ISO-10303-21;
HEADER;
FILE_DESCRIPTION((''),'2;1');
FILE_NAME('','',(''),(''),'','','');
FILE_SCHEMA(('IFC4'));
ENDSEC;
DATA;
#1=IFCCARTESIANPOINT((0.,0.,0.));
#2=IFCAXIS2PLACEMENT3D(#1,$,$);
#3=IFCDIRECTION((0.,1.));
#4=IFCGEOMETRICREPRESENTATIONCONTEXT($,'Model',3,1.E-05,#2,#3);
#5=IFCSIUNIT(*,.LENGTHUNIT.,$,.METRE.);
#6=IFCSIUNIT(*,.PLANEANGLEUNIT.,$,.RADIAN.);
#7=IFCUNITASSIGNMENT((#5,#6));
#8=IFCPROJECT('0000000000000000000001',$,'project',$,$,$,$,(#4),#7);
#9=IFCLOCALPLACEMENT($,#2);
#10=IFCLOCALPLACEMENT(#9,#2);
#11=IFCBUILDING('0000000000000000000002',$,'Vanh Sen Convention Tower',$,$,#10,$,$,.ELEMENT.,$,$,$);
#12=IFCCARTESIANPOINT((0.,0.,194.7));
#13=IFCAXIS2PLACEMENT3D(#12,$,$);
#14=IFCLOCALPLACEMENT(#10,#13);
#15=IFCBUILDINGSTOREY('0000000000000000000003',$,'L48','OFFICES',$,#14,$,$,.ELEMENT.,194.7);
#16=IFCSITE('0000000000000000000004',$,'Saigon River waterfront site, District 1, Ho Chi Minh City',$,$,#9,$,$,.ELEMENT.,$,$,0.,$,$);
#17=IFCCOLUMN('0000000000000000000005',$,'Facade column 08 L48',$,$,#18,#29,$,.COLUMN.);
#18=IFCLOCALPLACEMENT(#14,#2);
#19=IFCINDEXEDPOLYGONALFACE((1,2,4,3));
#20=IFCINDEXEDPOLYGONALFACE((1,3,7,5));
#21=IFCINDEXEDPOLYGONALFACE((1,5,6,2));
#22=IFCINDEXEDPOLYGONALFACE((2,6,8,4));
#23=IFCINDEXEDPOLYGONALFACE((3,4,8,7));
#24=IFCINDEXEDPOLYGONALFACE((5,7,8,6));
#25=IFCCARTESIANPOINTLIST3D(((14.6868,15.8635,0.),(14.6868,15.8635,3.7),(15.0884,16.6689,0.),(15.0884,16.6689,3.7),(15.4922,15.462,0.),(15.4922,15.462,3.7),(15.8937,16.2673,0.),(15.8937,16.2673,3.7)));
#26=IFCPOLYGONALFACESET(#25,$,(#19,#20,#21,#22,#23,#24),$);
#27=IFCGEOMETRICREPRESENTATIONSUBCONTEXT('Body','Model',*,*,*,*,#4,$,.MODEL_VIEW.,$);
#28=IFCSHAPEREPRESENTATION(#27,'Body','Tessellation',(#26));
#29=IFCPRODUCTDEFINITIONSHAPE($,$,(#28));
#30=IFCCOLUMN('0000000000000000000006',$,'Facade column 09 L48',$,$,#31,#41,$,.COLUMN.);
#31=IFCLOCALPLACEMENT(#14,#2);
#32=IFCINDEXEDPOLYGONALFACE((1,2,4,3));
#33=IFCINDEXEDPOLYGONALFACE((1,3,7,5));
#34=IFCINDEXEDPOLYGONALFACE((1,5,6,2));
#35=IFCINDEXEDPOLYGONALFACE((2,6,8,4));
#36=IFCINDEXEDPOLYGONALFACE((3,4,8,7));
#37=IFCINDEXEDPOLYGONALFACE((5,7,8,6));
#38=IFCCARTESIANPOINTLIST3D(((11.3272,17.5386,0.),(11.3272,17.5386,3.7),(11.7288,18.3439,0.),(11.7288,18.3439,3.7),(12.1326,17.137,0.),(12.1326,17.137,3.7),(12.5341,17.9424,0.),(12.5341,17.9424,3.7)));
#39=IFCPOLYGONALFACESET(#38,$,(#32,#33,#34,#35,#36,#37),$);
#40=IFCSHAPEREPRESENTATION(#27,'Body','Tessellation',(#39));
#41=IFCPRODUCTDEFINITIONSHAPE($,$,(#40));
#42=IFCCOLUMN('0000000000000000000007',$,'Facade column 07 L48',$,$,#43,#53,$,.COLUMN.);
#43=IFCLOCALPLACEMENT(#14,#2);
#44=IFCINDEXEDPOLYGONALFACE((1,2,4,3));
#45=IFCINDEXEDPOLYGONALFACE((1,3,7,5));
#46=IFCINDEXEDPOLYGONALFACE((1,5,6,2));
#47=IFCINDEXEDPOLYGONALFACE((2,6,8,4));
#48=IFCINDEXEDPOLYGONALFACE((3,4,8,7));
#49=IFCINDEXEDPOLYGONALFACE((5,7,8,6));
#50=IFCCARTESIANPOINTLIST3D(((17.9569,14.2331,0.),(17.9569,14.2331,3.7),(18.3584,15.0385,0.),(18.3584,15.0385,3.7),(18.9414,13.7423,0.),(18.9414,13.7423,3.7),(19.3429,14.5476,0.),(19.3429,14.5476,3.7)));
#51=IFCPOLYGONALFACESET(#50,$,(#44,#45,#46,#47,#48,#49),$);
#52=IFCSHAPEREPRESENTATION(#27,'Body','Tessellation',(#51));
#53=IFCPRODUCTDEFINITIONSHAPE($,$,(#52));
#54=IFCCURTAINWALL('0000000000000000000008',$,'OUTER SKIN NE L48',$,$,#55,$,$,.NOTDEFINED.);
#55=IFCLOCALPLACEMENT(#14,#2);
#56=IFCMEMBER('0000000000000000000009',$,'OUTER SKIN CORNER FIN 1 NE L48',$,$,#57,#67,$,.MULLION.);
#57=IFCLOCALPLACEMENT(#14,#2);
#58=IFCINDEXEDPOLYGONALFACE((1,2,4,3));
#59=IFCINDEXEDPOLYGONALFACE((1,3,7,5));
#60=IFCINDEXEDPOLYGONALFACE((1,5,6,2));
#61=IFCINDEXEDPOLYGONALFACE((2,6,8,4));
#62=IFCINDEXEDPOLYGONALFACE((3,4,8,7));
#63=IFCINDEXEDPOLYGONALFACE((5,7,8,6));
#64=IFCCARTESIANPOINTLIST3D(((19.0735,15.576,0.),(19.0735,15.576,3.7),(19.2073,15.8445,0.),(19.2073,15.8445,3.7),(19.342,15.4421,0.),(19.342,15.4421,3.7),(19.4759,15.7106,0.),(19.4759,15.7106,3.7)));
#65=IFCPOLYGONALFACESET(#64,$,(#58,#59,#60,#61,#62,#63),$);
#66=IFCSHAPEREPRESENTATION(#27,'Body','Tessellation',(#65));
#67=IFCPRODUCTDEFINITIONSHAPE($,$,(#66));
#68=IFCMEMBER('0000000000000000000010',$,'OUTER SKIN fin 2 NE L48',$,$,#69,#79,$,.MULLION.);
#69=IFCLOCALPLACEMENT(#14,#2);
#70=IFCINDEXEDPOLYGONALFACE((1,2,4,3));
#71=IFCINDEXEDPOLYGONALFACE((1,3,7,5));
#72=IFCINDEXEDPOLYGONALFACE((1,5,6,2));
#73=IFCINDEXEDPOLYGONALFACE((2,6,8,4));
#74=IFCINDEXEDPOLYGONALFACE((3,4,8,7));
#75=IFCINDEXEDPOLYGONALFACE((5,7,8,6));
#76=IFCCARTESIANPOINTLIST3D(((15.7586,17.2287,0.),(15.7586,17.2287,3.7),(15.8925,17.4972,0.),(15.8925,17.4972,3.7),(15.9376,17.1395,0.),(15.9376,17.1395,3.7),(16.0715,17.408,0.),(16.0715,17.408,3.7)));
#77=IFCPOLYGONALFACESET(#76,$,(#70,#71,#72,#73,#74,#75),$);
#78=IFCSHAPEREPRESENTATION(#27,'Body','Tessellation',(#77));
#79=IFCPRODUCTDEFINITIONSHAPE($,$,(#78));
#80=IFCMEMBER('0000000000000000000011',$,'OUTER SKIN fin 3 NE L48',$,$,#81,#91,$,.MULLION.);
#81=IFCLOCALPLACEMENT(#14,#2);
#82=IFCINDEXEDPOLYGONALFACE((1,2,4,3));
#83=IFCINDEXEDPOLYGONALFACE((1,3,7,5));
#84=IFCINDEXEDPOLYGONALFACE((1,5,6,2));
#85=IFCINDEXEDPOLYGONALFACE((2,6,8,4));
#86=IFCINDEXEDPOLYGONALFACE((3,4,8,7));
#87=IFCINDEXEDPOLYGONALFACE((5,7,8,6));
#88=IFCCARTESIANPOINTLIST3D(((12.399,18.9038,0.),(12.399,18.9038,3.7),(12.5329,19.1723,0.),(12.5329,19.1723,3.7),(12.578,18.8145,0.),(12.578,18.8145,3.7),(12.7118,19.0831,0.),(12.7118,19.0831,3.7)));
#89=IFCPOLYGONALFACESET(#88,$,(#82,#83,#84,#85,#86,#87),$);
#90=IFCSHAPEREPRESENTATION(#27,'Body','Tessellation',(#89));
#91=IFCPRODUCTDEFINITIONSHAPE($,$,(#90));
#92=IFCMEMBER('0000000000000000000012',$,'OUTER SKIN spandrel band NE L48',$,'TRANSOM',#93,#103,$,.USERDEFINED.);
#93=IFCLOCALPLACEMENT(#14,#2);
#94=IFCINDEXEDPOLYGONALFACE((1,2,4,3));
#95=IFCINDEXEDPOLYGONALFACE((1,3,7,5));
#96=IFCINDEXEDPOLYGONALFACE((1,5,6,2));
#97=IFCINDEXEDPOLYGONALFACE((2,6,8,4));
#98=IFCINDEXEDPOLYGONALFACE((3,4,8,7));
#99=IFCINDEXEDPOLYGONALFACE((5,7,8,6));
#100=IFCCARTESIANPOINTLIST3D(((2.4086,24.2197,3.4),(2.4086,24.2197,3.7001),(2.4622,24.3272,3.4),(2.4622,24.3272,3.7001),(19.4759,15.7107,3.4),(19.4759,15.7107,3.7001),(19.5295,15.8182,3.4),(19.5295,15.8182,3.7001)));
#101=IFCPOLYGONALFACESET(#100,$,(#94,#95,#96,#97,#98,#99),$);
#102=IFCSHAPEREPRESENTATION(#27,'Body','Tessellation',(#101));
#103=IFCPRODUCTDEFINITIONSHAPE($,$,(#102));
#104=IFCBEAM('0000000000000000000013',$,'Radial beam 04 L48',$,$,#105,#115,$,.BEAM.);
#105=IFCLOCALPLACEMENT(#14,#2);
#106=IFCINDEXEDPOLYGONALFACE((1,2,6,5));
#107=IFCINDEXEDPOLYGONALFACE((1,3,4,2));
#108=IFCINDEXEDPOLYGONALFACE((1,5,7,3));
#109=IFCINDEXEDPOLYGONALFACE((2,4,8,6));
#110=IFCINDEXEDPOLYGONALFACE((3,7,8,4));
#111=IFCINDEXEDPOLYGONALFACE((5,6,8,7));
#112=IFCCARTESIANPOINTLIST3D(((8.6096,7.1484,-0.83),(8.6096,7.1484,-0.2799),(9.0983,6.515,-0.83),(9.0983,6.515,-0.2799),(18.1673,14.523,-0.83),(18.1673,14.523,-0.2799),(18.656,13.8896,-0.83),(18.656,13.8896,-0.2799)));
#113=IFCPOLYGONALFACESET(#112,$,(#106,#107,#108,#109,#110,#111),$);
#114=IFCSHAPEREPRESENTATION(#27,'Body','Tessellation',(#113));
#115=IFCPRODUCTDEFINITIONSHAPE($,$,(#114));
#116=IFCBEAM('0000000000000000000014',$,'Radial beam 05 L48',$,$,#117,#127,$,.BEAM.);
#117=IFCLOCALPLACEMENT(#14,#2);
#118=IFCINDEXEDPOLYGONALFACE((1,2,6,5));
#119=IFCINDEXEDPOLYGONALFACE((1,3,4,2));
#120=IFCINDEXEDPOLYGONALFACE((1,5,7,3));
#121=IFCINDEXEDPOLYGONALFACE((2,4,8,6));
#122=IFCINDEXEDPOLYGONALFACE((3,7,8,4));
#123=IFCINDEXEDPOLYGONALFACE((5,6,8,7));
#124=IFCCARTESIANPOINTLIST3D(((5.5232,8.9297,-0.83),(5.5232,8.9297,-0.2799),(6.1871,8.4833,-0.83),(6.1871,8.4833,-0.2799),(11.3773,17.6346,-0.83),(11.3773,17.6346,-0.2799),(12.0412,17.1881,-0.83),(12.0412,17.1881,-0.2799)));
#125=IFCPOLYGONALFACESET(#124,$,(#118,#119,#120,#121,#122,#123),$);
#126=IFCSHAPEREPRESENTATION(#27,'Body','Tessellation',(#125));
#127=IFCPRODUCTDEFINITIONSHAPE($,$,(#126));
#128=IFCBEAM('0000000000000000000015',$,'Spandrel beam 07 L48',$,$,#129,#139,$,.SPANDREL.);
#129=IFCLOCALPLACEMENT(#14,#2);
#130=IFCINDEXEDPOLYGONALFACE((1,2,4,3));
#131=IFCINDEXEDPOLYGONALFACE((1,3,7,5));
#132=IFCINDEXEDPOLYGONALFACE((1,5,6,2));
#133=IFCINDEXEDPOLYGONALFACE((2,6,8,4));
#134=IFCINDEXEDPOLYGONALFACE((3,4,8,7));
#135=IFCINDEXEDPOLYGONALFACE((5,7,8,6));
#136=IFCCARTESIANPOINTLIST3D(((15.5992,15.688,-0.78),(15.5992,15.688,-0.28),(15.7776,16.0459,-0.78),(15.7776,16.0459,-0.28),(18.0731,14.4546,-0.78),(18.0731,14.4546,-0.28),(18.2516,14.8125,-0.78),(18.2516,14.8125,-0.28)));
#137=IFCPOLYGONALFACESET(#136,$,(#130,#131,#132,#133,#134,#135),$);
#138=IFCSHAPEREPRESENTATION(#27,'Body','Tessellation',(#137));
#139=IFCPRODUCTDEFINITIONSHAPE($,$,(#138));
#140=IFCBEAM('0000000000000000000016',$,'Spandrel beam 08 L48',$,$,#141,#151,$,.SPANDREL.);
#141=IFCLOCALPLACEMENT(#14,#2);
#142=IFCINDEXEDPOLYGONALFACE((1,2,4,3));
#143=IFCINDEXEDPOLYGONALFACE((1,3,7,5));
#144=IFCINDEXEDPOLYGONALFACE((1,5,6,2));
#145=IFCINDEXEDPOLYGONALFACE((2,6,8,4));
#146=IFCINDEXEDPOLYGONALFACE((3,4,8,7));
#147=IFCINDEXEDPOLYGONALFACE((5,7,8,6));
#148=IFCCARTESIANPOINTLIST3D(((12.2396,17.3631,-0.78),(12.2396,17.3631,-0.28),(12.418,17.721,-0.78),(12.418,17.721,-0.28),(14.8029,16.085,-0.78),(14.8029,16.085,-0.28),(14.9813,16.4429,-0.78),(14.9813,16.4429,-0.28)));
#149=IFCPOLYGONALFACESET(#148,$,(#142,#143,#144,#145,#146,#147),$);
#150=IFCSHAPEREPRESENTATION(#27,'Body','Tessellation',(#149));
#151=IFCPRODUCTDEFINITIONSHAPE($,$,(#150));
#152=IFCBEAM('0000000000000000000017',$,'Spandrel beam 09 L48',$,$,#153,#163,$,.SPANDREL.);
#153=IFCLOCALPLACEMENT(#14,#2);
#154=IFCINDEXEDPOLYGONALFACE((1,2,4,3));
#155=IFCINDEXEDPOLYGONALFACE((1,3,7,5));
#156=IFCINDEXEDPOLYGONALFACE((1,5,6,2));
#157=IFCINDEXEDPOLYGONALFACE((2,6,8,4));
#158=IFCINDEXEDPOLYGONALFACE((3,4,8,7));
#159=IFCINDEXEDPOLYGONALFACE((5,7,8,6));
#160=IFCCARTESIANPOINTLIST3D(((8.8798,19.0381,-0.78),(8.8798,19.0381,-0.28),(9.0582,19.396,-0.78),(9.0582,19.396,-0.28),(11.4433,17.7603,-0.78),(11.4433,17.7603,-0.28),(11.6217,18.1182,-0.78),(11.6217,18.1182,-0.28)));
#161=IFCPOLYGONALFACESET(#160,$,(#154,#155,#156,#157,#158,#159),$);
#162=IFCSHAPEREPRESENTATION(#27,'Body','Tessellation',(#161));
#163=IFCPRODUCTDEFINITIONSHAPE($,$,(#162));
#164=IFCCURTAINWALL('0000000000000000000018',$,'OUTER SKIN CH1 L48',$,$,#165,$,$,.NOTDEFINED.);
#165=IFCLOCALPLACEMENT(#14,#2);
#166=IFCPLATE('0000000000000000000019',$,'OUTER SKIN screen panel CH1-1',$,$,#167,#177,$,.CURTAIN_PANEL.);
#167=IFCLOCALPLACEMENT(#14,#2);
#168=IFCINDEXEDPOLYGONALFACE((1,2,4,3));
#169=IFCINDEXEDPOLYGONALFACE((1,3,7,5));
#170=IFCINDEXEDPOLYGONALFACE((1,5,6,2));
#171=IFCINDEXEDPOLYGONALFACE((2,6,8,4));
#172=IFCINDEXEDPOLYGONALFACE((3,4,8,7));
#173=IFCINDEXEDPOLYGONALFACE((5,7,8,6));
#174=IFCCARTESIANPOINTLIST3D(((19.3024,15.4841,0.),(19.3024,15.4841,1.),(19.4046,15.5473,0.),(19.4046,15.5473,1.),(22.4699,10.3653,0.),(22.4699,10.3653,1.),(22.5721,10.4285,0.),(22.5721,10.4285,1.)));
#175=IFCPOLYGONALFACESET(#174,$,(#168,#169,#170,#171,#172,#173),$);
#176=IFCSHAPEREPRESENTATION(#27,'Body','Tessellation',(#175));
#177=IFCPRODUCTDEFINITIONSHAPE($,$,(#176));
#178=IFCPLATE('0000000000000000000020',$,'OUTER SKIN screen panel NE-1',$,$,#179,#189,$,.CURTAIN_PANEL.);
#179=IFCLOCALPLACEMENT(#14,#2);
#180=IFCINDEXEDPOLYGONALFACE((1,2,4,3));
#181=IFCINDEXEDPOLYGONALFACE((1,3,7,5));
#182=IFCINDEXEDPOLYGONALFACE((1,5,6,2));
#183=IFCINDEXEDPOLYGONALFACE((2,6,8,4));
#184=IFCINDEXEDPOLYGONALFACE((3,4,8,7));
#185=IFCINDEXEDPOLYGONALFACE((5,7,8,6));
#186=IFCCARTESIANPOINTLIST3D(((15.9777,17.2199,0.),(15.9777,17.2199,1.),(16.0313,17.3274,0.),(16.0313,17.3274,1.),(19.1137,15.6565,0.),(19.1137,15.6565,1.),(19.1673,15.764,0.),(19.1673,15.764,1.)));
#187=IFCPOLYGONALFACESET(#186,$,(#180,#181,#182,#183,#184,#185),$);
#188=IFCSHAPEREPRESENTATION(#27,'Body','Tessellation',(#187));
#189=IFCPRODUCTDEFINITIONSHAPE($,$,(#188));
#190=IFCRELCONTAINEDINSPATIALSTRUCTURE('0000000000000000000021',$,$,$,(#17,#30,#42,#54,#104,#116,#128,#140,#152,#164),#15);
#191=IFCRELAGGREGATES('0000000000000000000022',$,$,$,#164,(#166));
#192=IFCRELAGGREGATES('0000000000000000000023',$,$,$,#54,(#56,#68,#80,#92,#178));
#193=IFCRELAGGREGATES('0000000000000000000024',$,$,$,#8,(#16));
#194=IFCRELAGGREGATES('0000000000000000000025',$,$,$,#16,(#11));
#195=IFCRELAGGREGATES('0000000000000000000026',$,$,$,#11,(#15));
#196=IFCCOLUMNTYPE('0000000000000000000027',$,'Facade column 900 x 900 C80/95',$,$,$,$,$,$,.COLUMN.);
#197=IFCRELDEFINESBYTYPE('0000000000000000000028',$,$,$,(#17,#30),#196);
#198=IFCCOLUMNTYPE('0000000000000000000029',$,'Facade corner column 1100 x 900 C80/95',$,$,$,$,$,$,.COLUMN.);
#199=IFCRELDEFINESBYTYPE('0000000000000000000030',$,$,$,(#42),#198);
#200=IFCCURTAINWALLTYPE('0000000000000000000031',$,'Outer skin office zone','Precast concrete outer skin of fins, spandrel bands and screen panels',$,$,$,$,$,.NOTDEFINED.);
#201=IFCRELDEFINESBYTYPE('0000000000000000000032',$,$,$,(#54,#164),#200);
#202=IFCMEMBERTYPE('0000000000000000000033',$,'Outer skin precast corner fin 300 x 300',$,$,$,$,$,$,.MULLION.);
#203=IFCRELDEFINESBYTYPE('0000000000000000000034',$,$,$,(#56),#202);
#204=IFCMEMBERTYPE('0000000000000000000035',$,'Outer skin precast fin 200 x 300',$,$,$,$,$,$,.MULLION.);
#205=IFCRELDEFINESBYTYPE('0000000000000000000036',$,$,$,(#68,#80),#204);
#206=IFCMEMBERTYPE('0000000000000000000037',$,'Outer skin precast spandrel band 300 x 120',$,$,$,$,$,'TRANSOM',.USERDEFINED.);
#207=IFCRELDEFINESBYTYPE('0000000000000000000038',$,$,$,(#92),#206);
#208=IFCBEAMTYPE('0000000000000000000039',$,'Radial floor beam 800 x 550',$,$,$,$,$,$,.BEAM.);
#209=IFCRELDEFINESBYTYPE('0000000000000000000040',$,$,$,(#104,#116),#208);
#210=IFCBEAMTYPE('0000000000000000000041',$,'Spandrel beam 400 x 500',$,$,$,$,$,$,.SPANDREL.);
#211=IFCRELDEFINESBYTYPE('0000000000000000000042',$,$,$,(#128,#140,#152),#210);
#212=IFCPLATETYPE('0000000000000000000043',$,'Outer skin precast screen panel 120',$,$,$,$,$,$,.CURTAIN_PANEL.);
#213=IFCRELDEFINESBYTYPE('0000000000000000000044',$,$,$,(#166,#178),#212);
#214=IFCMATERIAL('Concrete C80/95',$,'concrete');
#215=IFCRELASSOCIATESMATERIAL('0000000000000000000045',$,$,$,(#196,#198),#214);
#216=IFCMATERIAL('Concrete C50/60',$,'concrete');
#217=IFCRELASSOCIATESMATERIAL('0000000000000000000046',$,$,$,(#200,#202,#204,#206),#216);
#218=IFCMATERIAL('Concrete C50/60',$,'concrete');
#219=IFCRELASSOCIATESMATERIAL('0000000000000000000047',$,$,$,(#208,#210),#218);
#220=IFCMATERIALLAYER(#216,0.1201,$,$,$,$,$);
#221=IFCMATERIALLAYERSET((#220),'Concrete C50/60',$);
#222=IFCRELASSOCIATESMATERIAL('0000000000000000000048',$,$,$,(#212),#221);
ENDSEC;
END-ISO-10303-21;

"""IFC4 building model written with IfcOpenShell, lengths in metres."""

from ifc_helpers import new_model, si_unit, direction, frame, origin, origin_2d, place, context, subcontext, project, spatial, rectangle, extrude, material, layer, layer_set, material_profile, profile_set, type_object, element, aggregate, save


model = new_model("IFC4")

# Units and contexts
model_context = context("Model", 3, precision=1e-05, world=origin(), true_north=direction((0.0, 1.0)))
body_context = subcontext(model_context, "Body", "Model", "MODEL_VIEW")
ifc_project = project(units=[si_unit("LENGTHUNIT", "METRE"), si_unit("PLANEANGLEUNIT", "RADIAN")], contexts=[model_context])

# Site, building, storey
site_placement = place(None, origin())
site = spatial("IfcSite", under=ifc_project, at=site_placement, Name="Saigon River waterfront site, District 1, Ho Chi Minh City", CompositionType="ELEMENT", RefElevation=0.0)
building_placement = place(site_placement, origin())
building = spatial("IfcBuilding", under=site, at=building_placement, Name="Vanh Sen Convention Tower", CompositionType="ELEMENT")
storey_placement = place(building_placement, frame((0.0, 0.0, 194.7)))
storey = spatial("IfcBuildingStorey", under=building, at=storey_placement, Name="L48", Description="OFFICES", CompositionType="ELEMENT", Elevation=194.7)

# Columns
ifc_material_1 = material(Name="Concrete C80/95", Category="concrete")
ifc_material_profile_1 = material_profile(ifc_material_1, rectangle(XDim=0.8999, YDim=0.8999, at=origin_2d()), Name="RC 900X900")
ifc_profile_set_1 = profile_set([ifc_material_profile_1], Name="Concrete C80/95")
column_type_1 = type_object("IfcColumnType", Name="Facade column 900 x 900 C80/95", PredefinedType="COLUMN", material=ifc_profile_set_1)
for number, where, z_axis, x_axis, name in (
    (1, (15.2903, 16.0654, 0.0), (0.0, 0.0, 1.0), (-0.894934, 0.446198, 0.0), "Facade column 08 L48"),
    (2, (11.9307, 17.7405, 0.0), (0.0, 0.0, 1.0), (-0.894934, 0.446198, 0.0), "Facade column 09 L48"),
):
    element("IfcColumn", number, at=place(storey_placement, frame(where, z_axis=z_axis, x_axis=x_axis)), inside=storey, type_object=column_type_1, Name=name, PredefinedType="COLUMN", context=body_context, shape_type="SweptSolid", body=[
        extrude(rectangle(XDim=0.8999, YDim=0.8999, at=origin_2d()), origin(), (0.0, 0.0, 1.0), 3.7),
    ])
ifc_material_profile_2 = material_profile(ifc_material_1, rectangle(XDim=1.1001, YDim=0.8999, at=origin_2d()), Name="RC 1100X900")
ifc_profile_set_2 = profile_set([ifc_material_profile_2], Name="Concrete C80/95")
column_type_2 = type_object("IfcColumnType", Name="Facade corner column 1100 x 900 C80/95", PredefinedType="COLUMN", material=ifc_profile_set_2)
column_placement = place(storey_placement, frame((18.6499, 14.3904, 0.0), z_axis=(0.0, 0.0, 1.0), x_axis=(-0.894934, 0.446198, 0.0)))
element("IfcColumn", 3, at=column_placement, inside=storey, type_object=column_type_2, Name="Facade column 07 L48", PredefinedType="COLUMN", context=body_context, shape_type="SweptSolid", body=[
    extrude(rectangle(XDim=1.1001, YDim=0.8999, at=origin_2d()), origin(), (0.0, 0.0, 1.0), 3.7),
])

# Curtain wall, members
ifc_material_2 = material(Name="Concrete C50/60", Category="concrete")
curtain_wall_type = type_object("IfcCurtainWallType", Name="Outer skin office zone", Description="Precast concrete outer skin of fins, spandrel bands and screen panels", PredefinedType="NOTDEFINED", material=ifc_material_2)
curtain_wall_1_placement = place(storey_placement, origin())
curtain_wall_1 = element("IfcCurtainWall", 4, at=curtain_wall_1_placement, inside=storey, type_object=curtain_wall_type, Name="OUTER SKIN NE L48", PredefinedType="NOTDEFINED")
ifc_material_profile_3 = material_profile(ifc_material_2, rectangle(XDim=0.3, YDim=0.3, at=origin_2d()), Name="Outer skin precast corner fin 300 x 300")
ifc_profile_set_3 = profile_set([ifc_material_profile_3], Name="Concrete C50/60")
member_type_1 = type_object("IfcMemberType", Name="Outer skin precast corner fin 300 x 300", PredefinedType="MULLION", material=ifc_profile_set_3)
member_1_placement = place(storey_placement, frame((19.2747, 15.6433, 0.0), z_axis=(0.0, 0.0, 1.0), x_axis=(-0.894934, 0.446198, 0.0)))
member_1 = element("IfcMember", 5, at=member_1_placement, type_object=member_type_1, Name="OUTER SKIN CORNER FIN 1 NE L48", PredefinedType="MULLION", context=body_context, shape_type="SweptSolid", body=[
    extrude(rectangle(XDim=0.3, YDim=0.3, at=origin_2d()), origin(), (0.0, 0.0, 1.0), 3.7),
])
ifc_material_profile_4 = material_profile(ifc_material_2, rectangle(XDim=0.2, YDim=0.3, at=origin_2d()), Name="Outer skin precast fin 200 x 300")
ifc_profile_set_4 = profile_set([ifc_material_profile_4], Name="Concrete C50/60")
member_type_2 = type_object("IfcMemberType", Name="Outer skin precast fin 200 x 300", PredefinedType="MULLION", material=ifc_profile_set_4)
member_2_placement = place(storey_placement, frame((15.915, 17.3184, 0.0), z_axis=(0.0, 0.0, 1.0), x_axis=(-0.894934, 0.446198, 0.0)))
member_2 = element("IfcMember", 6, at=member_2_placement, type_object=member_type_2, Name="OUTER SKIN fin 2 NE L48", PredefinedType="MULLION", context=body_context, shape_type="SweptSolid", body=[
    extrude(rectangle(XDim=0.2, YDim=0.3, at=origin_2d()), origin(), (0.0, 0.0, 1.0), 3.7),
])
member_3_placement = place(storey_placement, frame((12.5554, 18.9934, 0.0), z_axis=(0.0, 0.0, 1.0), x_axis=(-0.894934, 0.446198, 0.0)))
member_3 = element("IfcMember", 7, at=member_3_placement, type_object=member_type_2, Name="OUTER SKIN fin 3 NE L48", PredefinedType="MULLION", context=body_context, shape_type="SweptSolid", body=[
    extrude(rectangle(XDim=0.2, YDim=0.3, at=origin_2d()), origin(), (0.0, 0.0, 1.0), 3.7),
])
ifc_material_profile_5 = material_profile(ifc_material_2, rectangle(XDim=0.1201, YDim=0.3, at=origin_2d()), Name="Outer skin precast spandrel band 300 x 120")
ifc_profile_set_5 = profile_set([ifc_material_profile_5], Name="Concrete C50/60")
member_type_3 = type_object("IfcMemberType", Name="Outer skin precast spandrel band 300 x 120", ElementType="TRANSOM", PredefinedType="USERDEFINED", material=ifc_profile_set_5)
member_4_placement = place(storey_placement, frame((19.5027, 15.7644, 3.55), z_axis=(-0.894941, 0.446184, 0.0), x_axis=(-0.446184, -0.894941, 0.0)))
member_4 = element("IfcMember", 8, at=member_4_placement, type_object=member_type_3, Name="OUTER SKIN spandrel band NE L48", ObjectType="TRANSOM", PredefinedType="USERDEFINED", context=body_context, shape_type="SweptSolid", body=[
    extrude(rectangle(XDim=0.1201, YDim=0.3, at=origin_2d()), origin(), (0.0, 0.0, 1.0), 19.0708),
])

# Beams
ifc_material_3 = material(Name="Concrete C50/60", Category="concrete")
ifc_material_profile_6 = material_profile(ifc_material_3, rectangle(XDim=0.8, YDim=0.55, at=origin_2d()), Name="RC 800X550")
ifc_profile_set_6 = profile_set([ifc_material_profile_6], Name="Concrete C50/60")
beam_type_1 = type_object("IfcBeamType", Name="Radial floor beam 800 x 550", PredefinedType="BEAM", material=ifc_profile_set_6)
beam_1_placement = place(storey_placement, frame((18.4116, 14.2063, -0.5549), z_axis=(-0.791722, -0.610881, 0.0), x_axis=(0.610881, -0.791722, 0.0)))
element("IfcBeam", 9, at=beam_1_placement, inside=storey, type_object=beam_type_1, Name="Radial beam 04 L48", PredefinedType="BEAM", context=body_context, shape_type="SweptSolid", body=[
    extrude(rectangle(XDim=0.8, YDim=0.55, at=origin_2d()), origin(), (0.0, 0.0, 1.0), 12.072),
])
beam_2_placement = place(storey_placement, frame((11.7092, 17.4114, -0.5549), z_axis=(-0.558047, -0.829809, 0.0), x_axis=(0.829809, -0.558047, 0.0)))
element("IfcBeam", 10, at=beam_2_placement, inside=storey, type_object=beam_type_1, Name="Radial beam 05 L48", PredefinedType="BEAM", context=body_context, shape_type="SweptSolid", body=[
    extrude(rectangle(XDim=0.8, YDim=0.55, at=origin_2d()), origin(), (0.0, 0.0, 1.0), 10.4902),
])
ifc_material_profile_7 = material_profile(ifc_material_3, rectangle(XDim=0.3999, YDim=0.5, at=origin_2d()), Name="RC 400X500")
ifc_profile_set_7 = profile_set([ifc_material_profile_7], Name="Concrete C50/60")
beam_type_2 = type_object("IfcBeamType", Name="Spandrel beam 400 x 500", PredefinedType="SPANDREL", material=ifc_profile_set_7)
beam_3_placement = place(storey_placement, frame((18.1624, 14.6335, -0.53), z_axis=(-0.894939, 0.446189, 0.0), x_axis=(-0.446189, -0.894939, 0.0)))
element("IfcBeam", 11, at=beam_3_placement, inside=storey, type_object=beam_type_2, Name="Spandrel beam 07 L48", PredefinedType="SPANDREL", context=body_context, shape_type="SweptSolid", body=[
    extrude(rectangle(XDim=0.3999, YDim=0.5, at=origin_2d()), origin(), (0.0, 0.0, 1.0), 2.7644),
])
for number, where, z_axis, x_axis, name in (
    (12, (14.8921, 16.2639, -0.53), (-0.894921, 0.446225, 0.0), (-0.446225, -0.894921, 0.0), "Spandrel beam 08 L48"),
    (13, (11.5325, 17.9392, -0.53), (-0.894972, 0.446122, 0.0), (-0.446122, -0.894972, 0.0), "Spandrel beam 09 L48"),
):
    element("IfcBeam", number, at=place(storey_placement, frame(where, z_axis=z_axis, x_axis=x_axis)), inside=storey, type_object=beam_type_2, Name=name, PredefinedType="SPANDREL", context=body_context, shape_type="SweptSolid", body=[
        extrude(rectangle(XDim=0.3999, YDim=0.5, at=origin_2d()), origin(), (0.0, 0.0, 1.0), 2.8643),
    ])

# Curtain wall, plate
curtain_wall_2_placement = place(storey_placement, origin())
curtain_wall_2 = element("IfcCurtainWall", 14, at=curtain_wall_2_placement, inside=storey, type_object=curtain_wall_type, Name="OUTER SKIN CH1 L48", PredefinedType="NOTDEFINED")
ifc_layer_1 = layer(ifc_material_2, 0.1201)
ifc_layer_set_1 = layer_set([ifc_layer_1], Name="Concrete C50/60")
plate_type = type_object("IfcPlateType", Name="Outer skin precast screen panel 120", PredefinedType="CURTAIN_PANEL", material=ifc_layer_set_1)
plate_1_placement = place(storey_placement, frame((20.9373, 12.9563, 0.0), z_axis=(0.0, 0.0, 1.0), x_axis=(-0.526204, 0.850359, 0.0)))
plate_1 = element("IfcPlate", 15, at=plate_1_placement, type_object=plate_type, Name="OUTER SKIN screen panel CH1-1", PredefinedType="CURTAIN_PANEL", context=body_context, shape_type="SweptSolid", body=[
    extrude(rectangle(XDim=6.0195, YDim=0.1201, at=origin_2d()), origin(), (0.0, 0.0, 1.0), 1.0),
])
aggregate(curtain_wall_2, [plate_1])

# Plate
plate_2_placement = place(storey_placement, frame((17.5725, 16.4919, 0.0), z_axis=(0.0, 0.0, 1.0), x_axis=(-0.894944, 0.446179, 0.0)))
plate_2 = element("IfcPlate", 16, at=plate_2_placement, type_object=plate_type, Name="OUTER SKIN screen panel NE-1", PredefinedType="CURTAIN_PANEL", context=body_context, shape_type="SweptSolid", body=[
    extrude(rectangle(XDim=3.5042, YDim=0.1201, at=origin_2d()), origin(), (0.0, 0.0, 1.0), 1.0),
])
aggregate(curtain_wall_1, [member_1, member_2, member_3, member_4, plate_2])

save(model, "model.ifc")
